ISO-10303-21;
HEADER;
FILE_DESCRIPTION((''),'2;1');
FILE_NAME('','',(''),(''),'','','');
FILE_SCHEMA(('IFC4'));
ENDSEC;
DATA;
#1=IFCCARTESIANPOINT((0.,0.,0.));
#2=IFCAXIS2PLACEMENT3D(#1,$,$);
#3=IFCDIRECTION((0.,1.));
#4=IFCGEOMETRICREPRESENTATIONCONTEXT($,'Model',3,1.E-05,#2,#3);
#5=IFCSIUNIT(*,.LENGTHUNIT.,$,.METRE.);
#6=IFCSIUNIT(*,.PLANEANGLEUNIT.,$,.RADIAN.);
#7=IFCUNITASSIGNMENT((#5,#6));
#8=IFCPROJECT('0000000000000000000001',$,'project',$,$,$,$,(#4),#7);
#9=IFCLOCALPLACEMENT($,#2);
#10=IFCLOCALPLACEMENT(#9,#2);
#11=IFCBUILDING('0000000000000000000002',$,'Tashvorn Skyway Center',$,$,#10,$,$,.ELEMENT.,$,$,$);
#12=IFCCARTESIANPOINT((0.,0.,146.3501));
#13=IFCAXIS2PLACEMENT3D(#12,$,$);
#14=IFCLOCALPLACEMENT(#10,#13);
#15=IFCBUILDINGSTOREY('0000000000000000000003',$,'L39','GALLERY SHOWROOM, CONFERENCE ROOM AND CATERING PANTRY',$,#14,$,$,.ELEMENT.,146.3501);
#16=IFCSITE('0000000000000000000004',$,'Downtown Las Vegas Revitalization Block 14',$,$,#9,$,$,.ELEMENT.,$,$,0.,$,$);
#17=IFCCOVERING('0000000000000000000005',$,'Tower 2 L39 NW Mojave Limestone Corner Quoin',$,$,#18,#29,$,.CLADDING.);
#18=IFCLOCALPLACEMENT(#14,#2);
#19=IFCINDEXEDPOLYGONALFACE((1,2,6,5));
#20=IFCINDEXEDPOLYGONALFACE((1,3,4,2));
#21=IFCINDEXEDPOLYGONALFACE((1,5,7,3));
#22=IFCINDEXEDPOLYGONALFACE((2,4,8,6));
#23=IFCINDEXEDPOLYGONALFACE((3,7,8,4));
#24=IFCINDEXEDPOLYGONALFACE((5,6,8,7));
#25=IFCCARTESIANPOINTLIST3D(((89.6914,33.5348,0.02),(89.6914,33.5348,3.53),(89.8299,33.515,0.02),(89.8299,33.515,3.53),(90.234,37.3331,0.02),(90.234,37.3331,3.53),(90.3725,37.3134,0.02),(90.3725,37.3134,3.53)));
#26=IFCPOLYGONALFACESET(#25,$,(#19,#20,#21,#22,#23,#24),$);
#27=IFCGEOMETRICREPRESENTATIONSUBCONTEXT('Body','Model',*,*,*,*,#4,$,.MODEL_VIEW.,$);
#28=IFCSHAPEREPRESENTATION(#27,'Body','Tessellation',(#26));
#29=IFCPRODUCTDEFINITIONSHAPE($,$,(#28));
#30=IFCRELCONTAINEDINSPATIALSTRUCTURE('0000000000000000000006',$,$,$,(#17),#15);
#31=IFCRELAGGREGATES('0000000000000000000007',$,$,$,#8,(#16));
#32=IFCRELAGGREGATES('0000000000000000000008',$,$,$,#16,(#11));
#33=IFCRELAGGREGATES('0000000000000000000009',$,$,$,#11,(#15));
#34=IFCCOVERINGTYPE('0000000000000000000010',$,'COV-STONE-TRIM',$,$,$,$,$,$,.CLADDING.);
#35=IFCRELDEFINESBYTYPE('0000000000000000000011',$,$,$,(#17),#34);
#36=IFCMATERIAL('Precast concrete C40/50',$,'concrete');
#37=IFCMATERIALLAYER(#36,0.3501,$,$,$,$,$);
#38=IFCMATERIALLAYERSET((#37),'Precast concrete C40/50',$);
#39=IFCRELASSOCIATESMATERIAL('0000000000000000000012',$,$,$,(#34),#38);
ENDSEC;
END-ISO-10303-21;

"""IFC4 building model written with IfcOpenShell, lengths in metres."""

from ifc_helpers import new_model, si_unit, direction, frame, origin, origin_2d, place, context, subcontext, project, spatial, rectangle, extrude, material, layer, layer_set, type_object, element, save


model = new_model("IFC4")

# Units and contexts
model_context = context("Model", 3, precision=1e-05, world=origin(), true_north=direction((0.0, 1.0)))
body_context = subcontext(model_context, "Body", "Model", "MODEL_VIEW")
ifc_project = project(units=[si_unit("LENGTHUNIT", "METRE"), si_unit("PLANEANGLEUNIT", "RADIAN")], contexts=[model_context])

# Site, building, storey
site_placement = place(None, origin())
site = spatial("IfcSite", under=ifc_project, at=site_placement, Name="Downtown Las Vegas Revitalization Block 14", CompositionType="ELEMENT", RefElevation=0.0)
building_placement = place(site_placement, origin())
building = spatial("IfcBuilding", under=site, at=building_placement, Name="Tashvorn Skyway Center", CompositionType="ELEMENT")
storey_placement = place(building_placement, frame((0.0, 0.0, 146.3501)))
storey = spatial("IfcBuildingStorey", under=building, at=storey_placement, Name="L39", Description="GALLERY SHOWROOM, CONFERENCE ROOM AND CATERING PANTRY", CompositionType="ELEMENT", Elevation=146.3501)

# Shared definitions
ifc_material_1 = material(Name="Precast concrete C40/50", Category="concrete")

# Covering
ifc_layer_1 = layer(ifc_material_1, 0.3501)
ifc_layer_set_1 = layer_set([ifc_layer_1], Name="Precast concrete C40/50")
covering_type_1 = type_object("IfcCoveringType", Name="COV-STONE-TRIM", PredefinedType="CLADDING", material=ifc_layer_set_1)
covering_placement = place(storey_placement, frame((90.032, 35.4241, 0.02), z_axis=(0.0, 0.0, 1.0), x_axis=(-0.141421, -0.989949, 0.0)))
element("IfcCovering", 1, at=covering_placement, inside=storey, type_object=covering_type_1, Name="Tower 2 L39 NW Mojave Limestone Corner Quoin", PredefinedType="CLADDING", context=body_context, shape_type="SweptSolid", body=[
    extrude(rectangle(XDim=3.8369, YDim=0.1399, at=origin_2d()), origin(), (0.0, 0.0, 1.0), 3.51),
])

save(model, "model.ifc")
